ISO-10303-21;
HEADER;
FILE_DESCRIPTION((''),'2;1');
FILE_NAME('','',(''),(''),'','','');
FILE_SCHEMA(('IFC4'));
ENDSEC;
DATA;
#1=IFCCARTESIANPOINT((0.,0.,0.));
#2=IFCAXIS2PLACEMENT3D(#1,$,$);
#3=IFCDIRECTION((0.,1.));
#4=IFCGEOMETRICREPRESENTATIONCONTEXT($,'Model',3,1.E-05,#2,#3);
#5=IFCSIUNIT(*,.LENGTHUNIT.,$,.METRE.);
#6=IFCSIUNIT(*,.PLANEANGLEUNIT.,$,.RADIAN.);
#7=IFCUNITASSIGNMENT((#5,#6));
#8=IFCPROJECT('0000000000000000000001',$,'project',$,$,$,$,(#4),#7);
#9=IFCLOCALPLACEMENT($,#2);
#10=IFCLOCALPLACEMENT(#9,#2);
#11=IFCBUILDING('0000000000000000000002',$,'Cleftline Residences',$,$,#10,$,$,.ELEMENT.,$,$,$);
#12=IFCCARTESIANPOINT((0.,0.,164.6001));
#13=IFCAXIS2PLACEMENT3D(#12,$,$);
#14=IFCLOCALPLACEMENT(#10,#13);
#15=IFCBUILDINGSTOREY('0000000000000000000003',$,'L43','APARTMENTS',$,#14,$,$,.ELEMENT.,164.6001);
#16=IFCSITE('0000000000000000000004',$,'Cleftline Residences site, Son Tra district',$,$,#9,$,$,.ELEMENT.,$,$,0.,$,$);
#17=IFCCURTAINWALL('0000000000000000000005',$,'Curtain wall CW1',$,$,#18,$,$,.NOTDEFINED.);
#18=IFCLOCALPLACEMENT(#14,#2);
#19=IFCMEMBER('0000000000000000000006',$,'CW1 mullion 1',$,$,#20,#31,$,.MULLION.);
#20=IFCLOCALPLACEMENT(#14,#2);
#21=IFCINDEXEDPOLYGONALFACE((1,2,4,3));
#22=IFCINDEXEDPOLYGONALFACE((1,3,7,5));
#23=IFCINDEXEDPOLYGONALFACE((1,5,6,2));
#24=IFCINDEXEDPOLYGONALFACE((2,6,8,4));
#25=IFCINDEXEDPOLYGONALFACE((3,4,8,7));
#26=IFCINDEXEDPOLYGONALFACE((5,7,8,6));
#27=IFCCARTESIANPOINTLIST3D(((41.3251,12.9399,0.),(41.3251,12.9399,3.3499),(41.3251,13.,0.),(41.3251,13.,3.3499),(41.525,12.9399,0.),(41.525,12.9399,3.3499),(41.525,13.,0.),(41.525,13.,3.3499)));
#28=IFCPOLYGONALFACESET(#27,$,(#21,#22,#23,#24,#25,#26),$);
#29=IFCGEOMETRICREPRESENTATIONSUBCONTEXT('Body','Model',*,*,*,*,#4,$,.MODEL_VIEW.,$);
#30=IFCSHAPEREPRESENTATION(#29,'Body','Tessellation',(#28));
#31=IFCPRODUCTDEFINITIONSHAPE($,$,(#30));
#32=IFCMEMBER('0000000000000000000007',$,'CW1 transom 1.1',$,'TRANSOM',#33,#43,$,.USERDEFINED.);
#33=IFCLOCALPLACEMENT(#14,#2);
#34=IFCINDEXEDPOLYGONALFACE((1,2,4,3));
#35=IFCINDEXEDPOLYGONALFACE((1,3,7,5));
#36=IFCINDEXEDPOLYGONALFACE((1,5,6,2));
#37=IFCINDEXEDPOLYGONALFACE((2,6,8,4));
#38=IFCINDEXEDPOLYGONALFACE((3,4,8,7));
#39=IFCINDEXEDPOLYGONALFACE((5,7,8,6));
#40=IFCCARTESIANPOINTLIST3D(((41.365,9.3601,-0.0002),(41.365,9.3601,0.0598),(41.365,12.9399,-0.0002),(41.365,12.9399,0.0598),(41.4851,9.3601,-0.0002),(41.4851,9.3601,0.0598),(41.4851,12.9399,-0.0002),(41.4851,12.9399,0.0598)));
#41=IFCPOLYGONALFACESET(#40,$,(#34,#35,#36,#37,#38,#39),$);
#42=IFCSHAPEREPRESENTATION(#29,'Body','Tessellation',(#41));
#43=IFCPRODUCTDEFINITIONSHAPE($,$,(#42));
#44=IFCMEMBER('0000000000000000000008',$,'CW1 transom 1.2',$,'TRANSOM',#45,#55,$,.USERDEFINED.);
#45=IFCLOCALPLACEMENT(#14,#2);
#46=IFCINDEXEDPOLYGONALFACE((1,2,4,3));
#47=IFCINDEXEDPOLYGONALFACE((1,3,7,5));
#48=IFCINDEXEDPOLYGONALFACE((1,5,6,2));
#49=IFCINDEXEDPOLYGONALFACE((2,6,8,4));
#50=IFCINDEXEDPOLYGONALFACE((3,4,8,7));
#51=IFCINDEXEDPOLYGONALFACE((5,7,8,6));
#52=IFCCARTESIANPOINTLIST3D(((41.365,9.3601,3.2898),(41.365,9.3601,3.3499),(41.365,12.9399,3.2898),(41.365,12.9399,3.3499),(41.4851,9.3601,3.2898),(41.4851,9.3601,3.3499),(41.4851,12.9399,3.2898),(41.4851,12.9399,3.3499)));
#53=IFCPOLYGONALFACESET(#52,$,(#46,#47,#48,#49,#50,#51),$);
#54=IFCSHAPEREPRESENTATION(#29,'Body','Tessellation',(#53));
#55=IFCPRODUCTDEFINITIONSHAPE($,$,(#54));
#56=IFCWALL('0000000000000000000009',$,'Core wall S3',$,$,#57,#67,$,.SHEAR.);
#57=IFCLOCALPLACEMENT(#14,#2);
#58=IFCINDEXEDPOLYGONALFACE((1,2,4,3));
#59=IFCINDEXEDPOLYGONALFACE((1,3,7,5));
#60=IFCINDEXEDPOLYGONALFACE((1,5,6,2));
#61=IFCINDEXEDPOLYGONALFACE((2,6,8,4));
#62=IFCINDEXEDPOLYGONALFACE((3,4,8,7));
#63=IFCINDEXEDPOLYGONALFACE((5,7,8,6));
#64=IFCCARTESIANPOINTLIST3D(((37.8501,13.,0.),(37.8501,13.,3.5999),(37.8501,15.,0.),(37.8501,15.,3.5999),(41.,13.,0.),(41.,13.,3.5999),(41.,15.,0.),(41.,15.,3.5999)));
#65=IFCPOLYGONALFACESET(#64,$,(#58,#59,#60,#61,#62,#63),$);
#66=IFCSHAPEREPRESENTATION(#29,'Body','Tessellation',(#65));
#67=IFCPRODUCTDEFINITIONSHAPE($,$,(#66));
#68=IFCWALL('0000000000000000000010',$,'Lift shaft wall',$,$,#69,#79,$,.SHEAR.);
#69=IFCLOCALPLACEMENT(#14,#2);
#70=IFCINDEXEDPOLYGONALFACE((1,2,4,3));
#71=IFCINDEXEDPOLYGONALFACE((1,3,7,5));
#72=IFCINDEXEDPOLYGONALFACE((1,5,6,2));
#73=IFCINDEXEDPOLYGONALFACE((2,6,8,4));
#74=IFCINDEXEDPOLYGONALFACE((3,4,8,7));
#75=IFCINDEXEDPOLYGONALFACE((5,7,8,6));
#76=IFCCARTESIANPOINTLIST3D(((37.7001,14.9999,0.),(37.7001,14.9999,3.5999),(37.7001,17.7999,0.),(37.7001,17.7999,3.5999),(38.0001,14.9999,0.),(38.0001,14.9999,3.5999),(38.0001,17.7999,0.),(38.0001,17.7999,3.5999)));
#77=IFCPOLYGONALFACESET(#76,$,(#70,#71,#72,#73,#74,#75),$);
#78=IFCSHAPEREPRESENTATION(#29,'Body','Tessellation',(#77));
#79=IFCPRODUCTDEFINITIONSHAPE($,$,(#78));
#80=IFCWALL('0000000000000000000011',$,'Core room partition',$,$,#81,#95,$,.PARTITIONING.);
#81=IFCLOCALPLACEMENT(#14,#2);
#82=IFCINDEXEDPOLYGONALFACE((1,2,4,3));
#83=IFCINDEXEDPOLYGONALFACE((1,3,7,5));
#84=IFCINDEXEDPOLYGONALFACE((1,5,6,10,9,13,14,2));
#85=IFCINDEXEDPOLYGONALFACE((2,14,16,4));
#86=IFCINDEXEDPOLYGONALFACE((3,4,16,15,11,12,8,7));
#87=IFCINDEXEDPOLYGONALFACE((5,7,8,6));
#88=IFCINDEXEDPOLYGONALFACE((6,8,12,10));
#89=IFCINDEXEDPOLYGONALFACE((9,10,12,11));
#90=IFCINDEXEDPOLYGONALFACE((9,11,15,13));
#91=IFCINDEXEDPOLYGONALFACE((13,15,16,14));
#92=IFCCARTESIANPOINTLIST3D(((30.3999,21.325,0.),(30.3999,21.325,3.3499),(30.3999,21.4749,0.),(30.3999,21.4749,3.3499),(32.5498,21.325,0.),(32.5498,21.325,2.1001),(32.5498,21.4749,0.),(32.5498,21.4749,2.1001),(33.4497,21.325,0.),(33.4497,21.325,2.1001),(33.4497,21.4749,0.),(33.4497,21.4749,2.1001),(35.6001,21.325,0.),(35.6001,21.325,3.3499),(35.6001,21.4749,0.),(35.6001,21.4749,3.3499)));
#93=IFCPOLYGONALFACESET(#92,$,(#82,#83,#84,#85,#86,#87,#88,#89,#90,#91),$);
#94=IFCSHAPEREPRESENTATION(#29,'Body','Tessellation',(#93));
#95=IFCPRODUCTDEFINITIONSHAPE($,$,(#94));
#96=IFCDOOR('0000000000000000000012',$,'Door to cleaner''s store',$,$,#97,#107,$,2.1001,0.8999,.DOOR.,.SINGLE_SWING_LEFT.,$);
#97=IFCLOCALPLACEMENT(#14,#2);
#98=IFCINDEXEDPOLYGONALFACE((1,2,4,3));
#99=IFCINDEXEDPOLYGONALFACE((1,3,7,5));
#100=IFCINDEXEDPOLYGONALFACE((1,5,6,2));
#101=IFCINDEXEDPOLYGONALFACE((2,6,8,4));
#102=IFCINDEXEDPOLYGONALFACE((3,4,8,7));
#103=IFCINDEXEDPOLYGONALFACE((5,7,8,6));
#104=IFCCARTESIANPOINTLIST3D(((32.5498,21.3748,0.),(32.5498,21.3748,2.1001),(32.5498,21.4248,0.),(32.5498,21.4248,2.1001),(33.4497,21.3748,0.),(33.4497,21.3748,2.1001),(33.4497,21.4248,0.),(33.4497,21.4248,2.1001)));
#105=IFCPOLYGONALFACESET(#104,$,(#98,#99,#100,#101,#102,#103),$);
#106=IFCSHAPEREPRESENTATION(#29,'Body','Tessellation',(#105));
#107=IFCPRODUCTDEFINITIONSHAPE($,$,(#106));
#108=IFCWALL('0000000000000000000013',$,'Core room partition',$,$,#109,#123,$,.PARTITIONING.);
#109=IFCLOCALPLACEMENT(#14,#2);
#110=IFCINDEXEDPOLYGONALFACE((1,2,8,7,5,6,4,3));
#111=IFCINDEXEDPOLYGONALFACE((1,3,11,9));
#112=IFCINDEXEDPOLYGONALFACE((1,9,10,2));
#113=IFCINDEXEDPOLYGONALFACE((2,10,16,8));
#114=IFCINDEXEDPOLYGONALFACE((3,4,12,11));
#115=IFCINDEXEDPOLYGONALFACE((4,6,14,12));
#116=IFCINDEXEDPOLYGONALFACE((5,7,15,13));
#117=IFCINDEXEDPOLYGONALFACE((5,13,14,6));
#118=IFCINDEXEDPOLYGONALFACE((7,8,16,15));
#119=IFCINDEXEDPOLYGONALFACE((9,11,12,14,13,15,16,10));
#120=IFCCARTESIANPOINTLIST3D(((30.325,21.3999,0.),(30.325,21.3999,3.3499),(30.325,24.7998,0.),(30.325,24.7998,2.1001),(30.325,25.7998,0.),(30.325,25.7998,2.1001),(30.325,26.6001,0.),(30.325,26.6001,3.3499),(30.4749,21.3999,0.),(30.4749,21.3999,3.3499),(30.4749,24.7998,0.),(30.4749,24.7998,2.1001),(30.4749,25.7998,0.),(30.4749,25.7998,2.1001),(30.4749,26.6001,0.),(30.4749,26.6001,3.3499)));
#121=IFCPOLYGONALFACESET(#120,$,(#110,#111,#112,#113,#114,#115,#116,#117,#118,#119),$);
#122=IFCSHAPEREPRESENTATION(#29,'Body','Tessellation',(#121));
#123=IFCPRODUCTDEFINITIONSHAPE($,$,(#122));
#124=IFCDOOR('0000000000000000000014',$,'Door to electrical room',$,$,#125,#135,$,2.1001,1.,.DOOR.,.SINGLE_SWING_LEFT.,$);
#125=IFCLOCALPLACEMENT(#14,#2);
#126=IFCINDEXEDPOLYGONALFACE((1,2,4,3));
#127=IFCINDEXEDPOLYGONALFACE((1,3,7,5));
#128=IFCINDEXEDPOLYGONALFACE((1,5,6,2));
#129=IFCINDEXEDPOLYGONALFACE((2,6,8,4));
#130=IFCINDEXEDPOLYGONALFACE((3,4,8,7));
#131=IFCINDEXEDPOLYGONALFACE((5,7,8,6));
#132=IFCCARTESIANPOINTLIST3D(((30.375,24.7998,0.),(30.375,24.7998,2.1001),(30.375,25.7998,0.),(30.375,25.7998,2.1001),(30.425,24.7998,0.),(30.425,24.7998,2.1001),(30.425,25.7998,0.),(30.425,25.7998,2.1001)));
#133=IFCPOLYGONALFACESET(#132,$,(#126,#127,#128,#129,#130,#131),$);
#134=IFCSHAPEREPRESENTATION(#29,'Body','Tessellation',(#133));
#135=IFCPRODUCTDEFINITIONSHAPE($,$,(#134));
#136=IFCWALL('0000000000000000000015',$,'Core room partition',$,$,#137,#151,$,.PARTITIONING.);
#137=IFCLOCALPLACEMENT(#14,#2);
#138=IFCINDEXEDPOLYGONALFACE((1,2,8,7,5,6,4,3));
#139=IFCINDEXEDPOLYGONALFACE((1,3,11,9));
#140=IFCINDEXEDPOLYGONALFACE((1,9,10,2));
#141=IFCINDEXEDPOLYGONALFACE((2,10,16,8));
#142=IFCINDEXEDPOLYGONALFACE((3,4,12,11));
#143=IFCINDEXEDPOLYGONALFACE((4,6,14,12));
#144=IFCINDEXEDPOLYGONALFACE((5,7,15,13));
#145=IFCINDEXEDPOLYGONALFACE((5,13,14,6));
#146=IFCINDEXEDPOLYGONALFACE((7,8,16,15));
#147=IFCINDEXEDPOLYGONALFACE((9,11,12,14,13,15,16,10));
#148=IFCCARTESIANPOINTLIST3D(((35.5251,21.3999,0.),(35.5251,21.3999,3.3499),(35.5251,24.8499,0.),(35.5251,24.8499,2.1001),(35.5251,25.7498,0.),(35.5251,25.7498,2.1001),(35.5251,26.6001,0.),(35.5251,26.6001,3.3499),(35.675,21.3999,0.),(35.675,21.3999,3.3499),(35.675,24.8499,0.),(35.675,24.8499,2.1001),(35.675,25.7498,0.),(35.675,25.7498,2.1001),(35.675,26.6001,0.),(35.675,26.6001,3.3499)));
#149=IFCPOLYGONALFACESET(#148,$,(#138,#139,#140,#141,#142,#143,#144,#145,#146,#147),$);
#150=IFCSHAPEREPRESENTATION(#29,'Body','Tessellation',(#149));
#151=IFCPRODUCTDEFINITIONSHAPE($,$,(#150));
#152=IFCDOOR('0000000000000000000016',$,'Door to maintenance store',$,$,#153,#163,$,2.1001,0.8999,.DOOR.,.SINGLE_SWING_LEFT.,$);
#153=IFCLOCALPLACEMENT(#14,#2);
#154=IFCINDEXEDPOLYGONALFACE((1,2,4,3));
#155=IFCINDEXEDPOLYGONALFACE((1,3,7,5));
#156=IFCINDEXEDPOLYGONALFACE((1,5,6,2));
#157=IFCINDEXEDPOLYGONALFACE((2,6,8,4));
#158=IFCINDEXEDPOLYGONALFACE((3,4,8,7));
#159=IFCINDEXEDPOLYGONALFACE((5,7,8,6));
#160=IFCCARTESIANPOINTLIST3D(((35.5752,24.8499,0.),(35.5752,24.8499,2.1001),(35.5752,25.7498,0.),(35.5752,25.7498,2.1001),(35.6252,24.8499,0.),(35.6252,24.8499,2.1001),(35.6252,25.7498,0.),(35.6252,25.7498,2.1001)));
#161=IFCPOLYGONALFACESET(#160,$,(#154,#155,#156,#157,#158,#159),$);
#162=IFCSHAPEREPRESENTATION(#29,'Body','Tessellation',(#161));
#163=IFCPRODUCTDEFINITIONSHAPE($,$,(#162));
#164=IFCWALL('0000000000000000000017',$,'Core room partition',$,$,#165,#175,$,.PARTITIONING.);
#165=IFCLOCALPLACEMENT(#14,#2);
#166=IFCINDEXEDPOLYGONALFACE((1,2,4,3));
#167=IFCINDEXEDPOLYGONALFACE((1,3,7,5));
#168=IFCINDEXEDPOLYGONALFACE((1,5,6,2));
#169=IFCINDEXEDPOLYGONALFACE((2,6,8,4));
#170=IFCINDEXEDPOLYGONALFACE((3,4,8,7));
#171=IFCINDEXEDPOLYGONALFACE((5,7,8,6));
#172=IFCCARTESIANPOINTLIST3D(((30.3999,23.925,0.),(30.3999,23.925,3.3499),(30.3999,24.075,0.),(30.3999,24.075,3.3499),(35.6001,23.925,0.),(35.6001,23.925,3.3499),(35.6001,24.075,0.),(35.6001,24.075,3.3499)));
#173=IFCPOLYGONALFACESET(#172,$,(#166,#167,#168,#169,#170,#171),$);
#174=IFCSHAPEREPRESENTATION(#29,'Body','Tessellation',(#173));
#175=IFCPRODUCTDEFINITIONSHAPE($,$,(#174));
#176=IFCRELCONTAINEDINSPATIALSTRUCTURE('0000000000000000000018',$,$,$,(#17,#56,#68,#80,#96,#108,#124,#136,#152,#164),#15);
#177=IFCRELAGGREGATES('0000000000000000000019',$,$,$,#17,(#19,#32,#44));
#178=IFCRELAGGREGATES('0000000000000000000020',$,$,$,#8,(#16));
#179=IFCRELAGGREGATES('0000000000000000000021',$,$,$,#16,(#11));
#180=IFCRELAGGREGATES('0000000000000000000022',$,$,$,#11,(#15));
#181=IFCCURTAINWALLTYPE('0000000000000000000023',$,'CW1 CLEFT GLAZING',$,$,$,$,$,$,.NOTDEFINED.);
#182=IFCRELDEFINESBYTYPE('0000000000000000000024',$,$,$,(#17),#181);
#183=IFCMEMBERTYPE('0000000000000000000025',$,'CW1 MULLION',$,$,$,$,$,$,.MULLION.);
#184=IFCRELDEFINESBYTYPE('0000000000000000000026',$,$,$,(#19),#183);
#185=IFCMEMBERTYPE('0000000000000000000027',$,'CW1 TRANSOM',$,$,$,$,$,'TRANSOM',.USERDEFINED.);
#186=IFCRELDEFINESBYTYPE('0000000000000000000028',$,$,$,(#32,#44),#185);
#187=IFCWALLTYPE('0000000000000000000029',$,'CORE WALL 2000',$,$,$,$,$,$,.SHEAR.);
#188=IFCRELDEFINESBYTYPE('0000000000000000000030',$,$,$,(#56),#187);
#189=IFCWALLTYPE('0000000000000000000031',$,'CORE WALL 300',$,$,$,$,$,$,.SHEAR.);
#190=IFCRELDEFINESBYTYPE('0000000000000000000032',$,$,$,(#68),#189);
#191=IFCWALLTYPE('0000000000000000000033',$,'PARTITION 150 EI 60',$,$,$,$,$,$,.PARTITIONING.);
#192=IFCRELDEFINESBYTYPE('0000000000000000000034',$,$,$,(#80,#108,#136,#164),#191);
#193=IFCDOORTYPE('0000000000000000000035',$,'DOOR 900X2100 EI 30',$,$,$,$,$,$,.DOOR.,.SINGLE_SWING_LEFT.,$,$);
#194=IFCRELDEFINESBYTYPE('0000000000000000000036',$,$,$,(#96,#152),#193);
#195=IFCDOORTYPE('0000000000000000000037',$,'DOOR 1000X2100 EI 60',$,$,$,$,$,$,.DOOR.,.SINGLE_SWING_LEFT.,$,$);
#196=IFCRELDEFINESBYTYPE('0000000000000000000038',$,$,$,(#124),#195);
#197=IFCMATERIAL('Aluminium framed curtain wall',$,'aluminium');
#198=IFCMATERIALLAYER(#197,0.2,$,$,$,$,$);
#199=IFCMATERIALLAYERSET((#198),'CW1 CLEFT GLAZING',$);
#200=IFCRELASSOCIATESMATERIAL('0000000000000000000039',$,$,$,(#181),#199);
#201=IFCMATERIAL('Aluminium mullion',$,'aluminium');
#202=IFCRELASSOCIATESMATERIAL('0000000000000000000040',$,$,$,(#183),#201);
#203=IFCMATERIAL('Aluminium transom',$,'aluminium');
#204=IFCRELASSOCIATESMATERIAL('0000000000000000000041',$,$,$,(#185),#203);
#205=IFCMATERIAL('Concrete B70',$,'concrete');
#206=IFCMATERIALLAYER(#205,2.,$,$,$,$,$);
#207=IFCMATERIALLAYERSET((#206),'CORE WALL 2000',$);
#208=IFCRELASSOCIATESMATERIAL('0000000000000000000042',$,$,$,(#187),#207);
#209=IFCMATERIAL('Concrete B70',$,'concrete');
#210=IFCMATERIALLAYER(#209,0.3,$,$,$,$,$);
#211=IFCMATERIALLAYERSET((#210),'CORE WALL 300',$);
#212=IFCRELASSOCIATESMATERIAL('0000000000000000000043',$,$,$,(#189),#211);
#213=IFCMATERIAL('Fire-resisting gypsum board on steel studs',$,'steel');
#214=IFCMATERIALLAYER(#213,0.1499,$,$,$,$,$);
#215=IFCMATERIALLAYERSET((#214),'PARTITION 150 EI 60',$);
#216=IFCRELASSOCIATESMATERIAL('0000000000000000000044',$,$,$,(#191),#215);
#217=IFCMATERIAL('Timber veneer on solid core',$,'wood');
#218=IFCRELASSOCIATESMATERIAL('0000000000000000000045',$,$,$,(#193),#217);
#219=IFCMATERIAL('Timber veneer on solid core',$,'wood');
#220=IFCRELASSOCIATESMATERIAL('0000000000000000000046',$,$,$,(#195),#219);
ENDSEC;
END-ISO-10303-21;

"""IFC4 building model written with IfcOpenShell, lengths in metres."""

from ifc_helpers import new_model, si_unit, direction, frame, frame_2d, origin, origin_2d, place, context, subcontext, project, spatial, rectangle, extrude, material, layer, layer_set, material_profile, profile_set, type_object, element, fill, aggregate, save


model = new_model("IFC4")

# Units and contexts
model_context = context("Model", 3, precision=1e-05, world=origin(), true_north=direction((0.0, 1.0)))
body_context = subcontext(model_context, "Body", "Model", "MODEL_VIEW")
ifc_project = project(units=[si_unit("LENGTHUNIT", "METRE"), si_unit("PLANEANGLEUNIT", "RADIAN")], contexts=[model_context])

# Site, building, storey
site_placement = place(None, origin())
site = spatial("IfcSite", under=ifc_project, at=site_placement, Name="Cleftline Residences site, Son Tra district", CompositionType="ELEMENT", RefElevation=0.0)
building_placement = place(site_placement, origin())
building = spatial("IfcBuilding", under=site, at=building_placement, Name="Cleftline Residences", CompositionType="ELEMENT")
storey_placement = place(building_placement, frame((0.0, 0.0, 164.6001)))
storey = spatial("IfcBuildingStorey", under=building, at=storey_placement, Name="L43", Description="APARTMENTS", CompositionType="ELEMENT", Elevation=164.6001)

# Curtain wall, members
ifc_material_1 = material(Name="Aluminium framed curtain wall", Category="aluminium")
ifc_layer_1 = layer(ifc_material_1, 0.2)
ifc_layer_set_1 = layer_set([ifc_layer_1], Name="CW1 CLEFT GLAZING")
curtain_wall_type = type_object("IfcCurtainWallType", Name="CW1 CLEFT GLAZING", PredefinedType="NOTDEFINED", material=ifc_layer_set_1)
curtain_wall_placement = place(storey_placement, origin())
curtain_wall = element("IfcCurtainWall", 1, at=curtain_wall_placement, inside=storey, type_object=curtain_wall_type, Name="Curtain wall CW1", PredefinedType="NOTDEFINED")
ifc_material_2 = material(Name="Aluminium mullion", Category="aluminium")
ifc_material_profile_1 = material_profile(ifc_material_2, rectangle(XDim=0.2, YDim=0.0601, at=origin_2d()))
ifc_profile_set_1 = profile_set([ifc_material_profile_1], Name="Aluminium mullion")
member_type_1 = type_object("IfcMemberType", Name="CW1 MULLION", PredefinedType="MULLION", material=ifc_profile_set_1)
member_1_placement = place(storey_placement, frame((41.425, 12.97, 0.0), z_axis=(0.0, 0.0, 1.0), x_axis=(1.0, 0.0, 0.0)))
member_1 = element("IfcMember", 2, at=member_1_placement, type_object=member_type_1, Name="CW1 mullion 1", PredefinedType="MULLION", context=body_context, shape_type="SweptSolid", body=[
    extrude(rectangle(XDim=0.2, YDim=0.0601, at=origin_2d()), origin(), (0.0, 0.0, 1.0), 3.3499),
])
ifc_material_3 = material(Name="Aluminium transom", Category="aluminium")
ifc_material_profile_2 = material_profile(ifc_material_3, rectangle(XDim=0.1201, YDim=0.0601, at=origin_2d()))
ifc_profile_set_2 = profile_set([ifc_material_profile_2], Name="Aluminium transom")
member_type_2 = type_object("IfcMemberType", Name="CW1 TRANSOM", ElementType="TRANSOM", PredefinedType="USERDEFINED", material=ifc_profile_set_2)
member_2_placement = place(storey_placement, frame((41.425, 12.9399, 0.0298), z_axis=(0.0, -1.0, 0.0), x_axis=(1.0, 0.0, 0.0)))
member_2 = element("IfcMember", 3, at=member_2_placement, type_object=member_type_2, Name="CW1 transom 1.1", ObjectType="TRANSOM", PredefinedType="USERDEFINED", context=body_context, shape_type="SweptSolid", body=[
    extrude(rectangle(XDim=0.1201, YDim=0.0601, at=origin_2d()), origin(), (0.0, 0.0, 1.0), 3.5798),
])
member_3_placement = place(storey_placement, frame((41.425, 12.9399, 3.3198), z_axis=(0.0, -1.0, 0.0), x_axis=(1.0, 0.0, 0.0)))
member_3 = element("IfcMember", 4, at=member_3_placement, type_object=member_type_2, Name="CW1 transom 1.2", ObjectType="TRANSOM", PredefinedType="USERDEFINED", context=body_context, shape_type="SweptSolid", body=[
    extrude(rectangle(XDim=0.1201, YDim=0.0601, at=origin_2d()), origin(), (0.0, 0.0, 1.0), 3.5798),
])
aggregate(curtain_wall, [member_1, member_2, member_3])

# Walls
ifc_material_4 = material(Name="Concrete B70", Category="concrete")
ifc_layer_2 = layer(ifc_material_4, 2.0)
ifc_layer_set_2 = layer_set([ifc_layer_2], Name="CORE WALL 2000")
wall_type_1 = type_object("IfcWallType", Name="CORE WALL 2000", PredefinedType="SHEAR", material=ifc_layer_set_2)
wall_1_placement = place(storey_placement, frame((37.8501, 14.0, 0.0), z_axis=(0.0, 0.0, 1.0), x_axis=(1.0, 0.0, 0.0)))
element("IfcWall", 5, at=wall_1_placement, inside=storey, type_object=wall_type_1, Name="Core wall S3", PredefinedType="SHEAR", context=body_context, shape_type="SweptSolid", body=[
    extrude(rectangle(XDim=3.1499, YDim=2.0, at=frame_2d((1.575, 0.0))), origin(), (0.0, 0.0, 1.0), 3.5999),
])
ifc_material_5 = material(Name="Concrete B70", Category="concrete")
ifc_layer_3 = layer(ifc_material_5, 0.3)
ifc_layer_set_3 = layer_set([ifc_layer_3], Name="CORE WALL 300")
wall_type_2 = type_object("IfcWallType", Name="CORE WALL 300", PredefinedType="SHEAR", material=ifc_layer_set_3)
wall_2_placement = place(storey_placement, frame((37.8501, 15.0, 0.0), z_axis=(0.0, 0.0, 1.0), x_axis=(0.0, 1.0, 0.0)))
element("IfcWall", 6, at=wall_2_placement, inside=storey, type_object=wall_type_2, Name="Lift shaft wall", PredefinedType="SHEAR", context=body_context, shape_type="SweptSolid", body=[
    extrude(rectangle(XDim=2.8, YDim=0.3, at=frame_2d((1.3999, 0.0))), origin(), (0.0, 0.0, 1.0), 3.5999),
])

# Walls, openings, doors
ifc_material_6 = material(Name="Fire-resisting gypsum board on steel studs", Category="steel")
ifc_layer_4 = layer(ifc_material_6, 0.1499)
ifc_layer_set_4 = layer_set([ifc_layer_4], Name="PARTITION 150 EI 60")
wall_type_3 = type_object("IfcWallType", Name="PARTITION 150 EI 60", PredefinedType="PARTITIONING", material=ifc_layer_set_4)
wall_3_placement = place(storey_placement, frame((30.3999, 21.3999, 0.0), z_axis=(0.0, 0.0, 1.0), x_axis=(1.0, 0.0, 0.0)))
wall_3 = element("IfcWall", 7, at=wall_3_placement, inside=storey, type_object=wall_type_3, Name="Core room partition", PredefinedType="PARTITIONING", context=body_context, shape_type="SweptSolid", body=[
    extrude(rectangle(XDim=5.2002, YDim=0.1499, at=frame_2d((2.6001, 0.0))), origin(), (0.0, 0.0, 1.0), 3.3499),
])
opening_1_placement = place(wall_3_placement, frame((2.1499, 0.0, 0.0)))
opening_1 = element("IfcOpeningElement", 8, at=opening_1_placement, cuts=wall_3, PredefinedType="OPENING", context=body_context, shape_type="SweptSolid", body=[
    extrude(rectangle(XDim=0.8999, YDim=2.1001, at=frame_2d((0.45, 1.05))), frame((0.0, 0.085, 0.0), z_axis=(0.0, -1.0, 0.0), x_axis=(1.0, 0.0, 0.0)), (0.0, 0.0, 1.0), 0.1699),
])
ifc_material_7 = material(Name="Timber veneer on solid core", Category="wood")
door_type_1 = type_object("IfcDoorType", Name="DOOR 900X2100 EI 30", OperationType="SINGLE_SWING_LEFT", PredefinedType="DOOR", material=ifc_material_7)
door_1_placement = place(opening_1_placement, origin())
door_1 = element("IfcDoor", 9, at=door_1_placement, inside=storey, type_object=door_type_1, Name="Door to cleaner's store", OperationType="SINGLE_SWING_LEFT", OverallHeight=2.1001, OverallWidth=0.8999, PredefinedType="DOOR", context=body_context, shape_type="SweptSolid", body=[
    extrude(rectangle(XDim=0.8999, YDim=2.1001, at=frame_2d((0.45, 1.05))), frame((0.0, 0.0249, 0.0), z_axis=(0.0, -1.0, 0.0), x_axis=(1.0, 0.0, 0.0)), (0.0, 0.0, 1.0), 0.05),
])
fill(opening_1, door_1)
wall_4_placement = place(storey_placement, frame((30.3999, 21.3999, 0.0), z_axis=(0.0, 0.0, 1.0), x_axis=(0.0, 1.0, 0.0)))
wall_4 = element("IfcWall", 10, at=wall_4_placement, inside=storey, type_object=wall_type_3, Name="Core room partition", PredefinedType="PARTITIONING", context=body_context, shape_type="SweptSolid", body=[
    extrude(rectangle(XDim=5.2002, YDim=0.1499, at=frame_2d((2.6001, 0.0))), origin(), (0.0, 0.0, 1.0), 3.3499),
])
opening_2_placement = place(wall_4_placement, frame((3.3999, 0.0, 0.0)))
opening_2 = element("IfcOpeningElement", 11, at=opening_2_placement, cuts=wall_4, PredefinedType="OPENING", context=body_context, shape_type="SweptSolid", body=[
    extrude(rectangle(XDim=1.0, YDim=2.1001, at=frame_2d((0.5, 1.05))), frame((0.0, 0.085, 0.0), z_axis=(0.0, -1.0, 0.0), x_axis=(1.0, 0.0, 0.0)), (0.0, 0.0, 1.0), 0.1699),
])
ifc_material_8 = material(Name="Timber veneer on solid core", Category="wood")
door_type_2 = type_object("IfcDoorType", Name="DOOR 1000X2100 EI 60", OperationType="SINGLE_SWING_LEFT", PredefinedType="DOOR", material=ifc_material_8)
door_2_placement = place(opening_2_placement, origin())
door_2 = element("IfcDoor", 12, at=door_2_placement, inside=storey, type_object=door_type_2, Name="Door to electrical room", OperationType="SINGLE_SWING_LEFT", OverallHeight=2.1001, OverallWidth=1.0, PredefinedType="DOOR", context=body_context, shape_type="SweptSolid", body=[
    extrude(rectangle(XDim=1.0, YDim=2.1001, at=frame_2d((0.5, 1.05))), frame((0.0, 0.0249, 0.0), z_axis=(0.0, -1.0, 0.0), x_axis=(1.0, 0.0, 0.0)), (0.0, 0.0, 1.0), 0.05),
])
fill(opening_2, door_2)
wall_5_placement = place(storey_placement, frame((35.6001, 21.3999, 0.0), z_axis=(0.0, 0.0, 1.0), x_axis=(0.0, 1.0, 0.0)))
wall_5 = element("IfcWall", 13, at=wall_5_placement, inside=storey, type_object=wall_type_3, Name="Core room partition", PredefinedType="PARTITIONING", context=body_context, shape_type="SweptSolid", body=[
    extrude(rectangle(XDim=5.2002, YDim=0.1499, at=frame_2d((2.6001, 0.0))), origin(), (0.0, 0.0, 1.0), 3.3499),
])
opening_3_placement = place(wall_5_placement, frame((3.45, 0.0, 0.0)))
opening_3 = element("IfcOpeningElement", 14, at=opening_3_placement, cuts=wall_5, PredefinedType="OPENING", context=body_context, shape_type="SweptSolid", body=[
    extrude(rectangle(XDim=0.8999, YDim=2.1001, at=frame_2d((0.45, 1.05))), frame((0.0, 0.085, 0.0), z_axis=(0.0, -1.0, 0.0), x_axis=(1.0, 0.0, 0.0)), (0.0, 0.0, 1.0), 0.1699),
])
door_3_placement = place(opening_3_placement, origin())
door_3 = element("IfcDoor", 15, at=door_3_placement, inside=storey, type_object=door_type_1, Name="Door to maintenance store", OperationType="SINGLE_SWING_LEFT", OverallHeight=2.1001, OverallWidth=0.8999, PredefinedType="DOOR", context=body_context, shape_type="SweptSolid", body=[
    extrude(rectangle(XDim=0.8999, YDim=2.1001, at=frame_2d((0.45, 1.05))), frame((0.0, 0.0249, 0.0), z_axis=(0.0, -1.0, 0.0), x_axis=(1.0, 0.0, 0.0)), (0.0, 0.0, 1.0), 0.05),
])
fill(opening_3, door_3)

# Wall
wall_6_placement = place(storey_placement, frame((30.3999, 24.0, 0.0), z_axis=(0.0, 0.0, 1.0), x_axis=(1.0, 0.0, 0.0)))
element("IfcWall", 16, at=wall_6_placement, inside=storey, type_object=wall_type_3, Name="Core room partition", PredefinedType="PARTITIONING", context=body_context, shape_type="SweptSolid", body=[
    extrude(rectangle(XDim=5.2002, YDim=0.1499, at=frame_2d((2.6001, 0.0))), origin(), (0.0, 0.0, 1.0), 3.3499),
])

save(model, "model.ifc")
